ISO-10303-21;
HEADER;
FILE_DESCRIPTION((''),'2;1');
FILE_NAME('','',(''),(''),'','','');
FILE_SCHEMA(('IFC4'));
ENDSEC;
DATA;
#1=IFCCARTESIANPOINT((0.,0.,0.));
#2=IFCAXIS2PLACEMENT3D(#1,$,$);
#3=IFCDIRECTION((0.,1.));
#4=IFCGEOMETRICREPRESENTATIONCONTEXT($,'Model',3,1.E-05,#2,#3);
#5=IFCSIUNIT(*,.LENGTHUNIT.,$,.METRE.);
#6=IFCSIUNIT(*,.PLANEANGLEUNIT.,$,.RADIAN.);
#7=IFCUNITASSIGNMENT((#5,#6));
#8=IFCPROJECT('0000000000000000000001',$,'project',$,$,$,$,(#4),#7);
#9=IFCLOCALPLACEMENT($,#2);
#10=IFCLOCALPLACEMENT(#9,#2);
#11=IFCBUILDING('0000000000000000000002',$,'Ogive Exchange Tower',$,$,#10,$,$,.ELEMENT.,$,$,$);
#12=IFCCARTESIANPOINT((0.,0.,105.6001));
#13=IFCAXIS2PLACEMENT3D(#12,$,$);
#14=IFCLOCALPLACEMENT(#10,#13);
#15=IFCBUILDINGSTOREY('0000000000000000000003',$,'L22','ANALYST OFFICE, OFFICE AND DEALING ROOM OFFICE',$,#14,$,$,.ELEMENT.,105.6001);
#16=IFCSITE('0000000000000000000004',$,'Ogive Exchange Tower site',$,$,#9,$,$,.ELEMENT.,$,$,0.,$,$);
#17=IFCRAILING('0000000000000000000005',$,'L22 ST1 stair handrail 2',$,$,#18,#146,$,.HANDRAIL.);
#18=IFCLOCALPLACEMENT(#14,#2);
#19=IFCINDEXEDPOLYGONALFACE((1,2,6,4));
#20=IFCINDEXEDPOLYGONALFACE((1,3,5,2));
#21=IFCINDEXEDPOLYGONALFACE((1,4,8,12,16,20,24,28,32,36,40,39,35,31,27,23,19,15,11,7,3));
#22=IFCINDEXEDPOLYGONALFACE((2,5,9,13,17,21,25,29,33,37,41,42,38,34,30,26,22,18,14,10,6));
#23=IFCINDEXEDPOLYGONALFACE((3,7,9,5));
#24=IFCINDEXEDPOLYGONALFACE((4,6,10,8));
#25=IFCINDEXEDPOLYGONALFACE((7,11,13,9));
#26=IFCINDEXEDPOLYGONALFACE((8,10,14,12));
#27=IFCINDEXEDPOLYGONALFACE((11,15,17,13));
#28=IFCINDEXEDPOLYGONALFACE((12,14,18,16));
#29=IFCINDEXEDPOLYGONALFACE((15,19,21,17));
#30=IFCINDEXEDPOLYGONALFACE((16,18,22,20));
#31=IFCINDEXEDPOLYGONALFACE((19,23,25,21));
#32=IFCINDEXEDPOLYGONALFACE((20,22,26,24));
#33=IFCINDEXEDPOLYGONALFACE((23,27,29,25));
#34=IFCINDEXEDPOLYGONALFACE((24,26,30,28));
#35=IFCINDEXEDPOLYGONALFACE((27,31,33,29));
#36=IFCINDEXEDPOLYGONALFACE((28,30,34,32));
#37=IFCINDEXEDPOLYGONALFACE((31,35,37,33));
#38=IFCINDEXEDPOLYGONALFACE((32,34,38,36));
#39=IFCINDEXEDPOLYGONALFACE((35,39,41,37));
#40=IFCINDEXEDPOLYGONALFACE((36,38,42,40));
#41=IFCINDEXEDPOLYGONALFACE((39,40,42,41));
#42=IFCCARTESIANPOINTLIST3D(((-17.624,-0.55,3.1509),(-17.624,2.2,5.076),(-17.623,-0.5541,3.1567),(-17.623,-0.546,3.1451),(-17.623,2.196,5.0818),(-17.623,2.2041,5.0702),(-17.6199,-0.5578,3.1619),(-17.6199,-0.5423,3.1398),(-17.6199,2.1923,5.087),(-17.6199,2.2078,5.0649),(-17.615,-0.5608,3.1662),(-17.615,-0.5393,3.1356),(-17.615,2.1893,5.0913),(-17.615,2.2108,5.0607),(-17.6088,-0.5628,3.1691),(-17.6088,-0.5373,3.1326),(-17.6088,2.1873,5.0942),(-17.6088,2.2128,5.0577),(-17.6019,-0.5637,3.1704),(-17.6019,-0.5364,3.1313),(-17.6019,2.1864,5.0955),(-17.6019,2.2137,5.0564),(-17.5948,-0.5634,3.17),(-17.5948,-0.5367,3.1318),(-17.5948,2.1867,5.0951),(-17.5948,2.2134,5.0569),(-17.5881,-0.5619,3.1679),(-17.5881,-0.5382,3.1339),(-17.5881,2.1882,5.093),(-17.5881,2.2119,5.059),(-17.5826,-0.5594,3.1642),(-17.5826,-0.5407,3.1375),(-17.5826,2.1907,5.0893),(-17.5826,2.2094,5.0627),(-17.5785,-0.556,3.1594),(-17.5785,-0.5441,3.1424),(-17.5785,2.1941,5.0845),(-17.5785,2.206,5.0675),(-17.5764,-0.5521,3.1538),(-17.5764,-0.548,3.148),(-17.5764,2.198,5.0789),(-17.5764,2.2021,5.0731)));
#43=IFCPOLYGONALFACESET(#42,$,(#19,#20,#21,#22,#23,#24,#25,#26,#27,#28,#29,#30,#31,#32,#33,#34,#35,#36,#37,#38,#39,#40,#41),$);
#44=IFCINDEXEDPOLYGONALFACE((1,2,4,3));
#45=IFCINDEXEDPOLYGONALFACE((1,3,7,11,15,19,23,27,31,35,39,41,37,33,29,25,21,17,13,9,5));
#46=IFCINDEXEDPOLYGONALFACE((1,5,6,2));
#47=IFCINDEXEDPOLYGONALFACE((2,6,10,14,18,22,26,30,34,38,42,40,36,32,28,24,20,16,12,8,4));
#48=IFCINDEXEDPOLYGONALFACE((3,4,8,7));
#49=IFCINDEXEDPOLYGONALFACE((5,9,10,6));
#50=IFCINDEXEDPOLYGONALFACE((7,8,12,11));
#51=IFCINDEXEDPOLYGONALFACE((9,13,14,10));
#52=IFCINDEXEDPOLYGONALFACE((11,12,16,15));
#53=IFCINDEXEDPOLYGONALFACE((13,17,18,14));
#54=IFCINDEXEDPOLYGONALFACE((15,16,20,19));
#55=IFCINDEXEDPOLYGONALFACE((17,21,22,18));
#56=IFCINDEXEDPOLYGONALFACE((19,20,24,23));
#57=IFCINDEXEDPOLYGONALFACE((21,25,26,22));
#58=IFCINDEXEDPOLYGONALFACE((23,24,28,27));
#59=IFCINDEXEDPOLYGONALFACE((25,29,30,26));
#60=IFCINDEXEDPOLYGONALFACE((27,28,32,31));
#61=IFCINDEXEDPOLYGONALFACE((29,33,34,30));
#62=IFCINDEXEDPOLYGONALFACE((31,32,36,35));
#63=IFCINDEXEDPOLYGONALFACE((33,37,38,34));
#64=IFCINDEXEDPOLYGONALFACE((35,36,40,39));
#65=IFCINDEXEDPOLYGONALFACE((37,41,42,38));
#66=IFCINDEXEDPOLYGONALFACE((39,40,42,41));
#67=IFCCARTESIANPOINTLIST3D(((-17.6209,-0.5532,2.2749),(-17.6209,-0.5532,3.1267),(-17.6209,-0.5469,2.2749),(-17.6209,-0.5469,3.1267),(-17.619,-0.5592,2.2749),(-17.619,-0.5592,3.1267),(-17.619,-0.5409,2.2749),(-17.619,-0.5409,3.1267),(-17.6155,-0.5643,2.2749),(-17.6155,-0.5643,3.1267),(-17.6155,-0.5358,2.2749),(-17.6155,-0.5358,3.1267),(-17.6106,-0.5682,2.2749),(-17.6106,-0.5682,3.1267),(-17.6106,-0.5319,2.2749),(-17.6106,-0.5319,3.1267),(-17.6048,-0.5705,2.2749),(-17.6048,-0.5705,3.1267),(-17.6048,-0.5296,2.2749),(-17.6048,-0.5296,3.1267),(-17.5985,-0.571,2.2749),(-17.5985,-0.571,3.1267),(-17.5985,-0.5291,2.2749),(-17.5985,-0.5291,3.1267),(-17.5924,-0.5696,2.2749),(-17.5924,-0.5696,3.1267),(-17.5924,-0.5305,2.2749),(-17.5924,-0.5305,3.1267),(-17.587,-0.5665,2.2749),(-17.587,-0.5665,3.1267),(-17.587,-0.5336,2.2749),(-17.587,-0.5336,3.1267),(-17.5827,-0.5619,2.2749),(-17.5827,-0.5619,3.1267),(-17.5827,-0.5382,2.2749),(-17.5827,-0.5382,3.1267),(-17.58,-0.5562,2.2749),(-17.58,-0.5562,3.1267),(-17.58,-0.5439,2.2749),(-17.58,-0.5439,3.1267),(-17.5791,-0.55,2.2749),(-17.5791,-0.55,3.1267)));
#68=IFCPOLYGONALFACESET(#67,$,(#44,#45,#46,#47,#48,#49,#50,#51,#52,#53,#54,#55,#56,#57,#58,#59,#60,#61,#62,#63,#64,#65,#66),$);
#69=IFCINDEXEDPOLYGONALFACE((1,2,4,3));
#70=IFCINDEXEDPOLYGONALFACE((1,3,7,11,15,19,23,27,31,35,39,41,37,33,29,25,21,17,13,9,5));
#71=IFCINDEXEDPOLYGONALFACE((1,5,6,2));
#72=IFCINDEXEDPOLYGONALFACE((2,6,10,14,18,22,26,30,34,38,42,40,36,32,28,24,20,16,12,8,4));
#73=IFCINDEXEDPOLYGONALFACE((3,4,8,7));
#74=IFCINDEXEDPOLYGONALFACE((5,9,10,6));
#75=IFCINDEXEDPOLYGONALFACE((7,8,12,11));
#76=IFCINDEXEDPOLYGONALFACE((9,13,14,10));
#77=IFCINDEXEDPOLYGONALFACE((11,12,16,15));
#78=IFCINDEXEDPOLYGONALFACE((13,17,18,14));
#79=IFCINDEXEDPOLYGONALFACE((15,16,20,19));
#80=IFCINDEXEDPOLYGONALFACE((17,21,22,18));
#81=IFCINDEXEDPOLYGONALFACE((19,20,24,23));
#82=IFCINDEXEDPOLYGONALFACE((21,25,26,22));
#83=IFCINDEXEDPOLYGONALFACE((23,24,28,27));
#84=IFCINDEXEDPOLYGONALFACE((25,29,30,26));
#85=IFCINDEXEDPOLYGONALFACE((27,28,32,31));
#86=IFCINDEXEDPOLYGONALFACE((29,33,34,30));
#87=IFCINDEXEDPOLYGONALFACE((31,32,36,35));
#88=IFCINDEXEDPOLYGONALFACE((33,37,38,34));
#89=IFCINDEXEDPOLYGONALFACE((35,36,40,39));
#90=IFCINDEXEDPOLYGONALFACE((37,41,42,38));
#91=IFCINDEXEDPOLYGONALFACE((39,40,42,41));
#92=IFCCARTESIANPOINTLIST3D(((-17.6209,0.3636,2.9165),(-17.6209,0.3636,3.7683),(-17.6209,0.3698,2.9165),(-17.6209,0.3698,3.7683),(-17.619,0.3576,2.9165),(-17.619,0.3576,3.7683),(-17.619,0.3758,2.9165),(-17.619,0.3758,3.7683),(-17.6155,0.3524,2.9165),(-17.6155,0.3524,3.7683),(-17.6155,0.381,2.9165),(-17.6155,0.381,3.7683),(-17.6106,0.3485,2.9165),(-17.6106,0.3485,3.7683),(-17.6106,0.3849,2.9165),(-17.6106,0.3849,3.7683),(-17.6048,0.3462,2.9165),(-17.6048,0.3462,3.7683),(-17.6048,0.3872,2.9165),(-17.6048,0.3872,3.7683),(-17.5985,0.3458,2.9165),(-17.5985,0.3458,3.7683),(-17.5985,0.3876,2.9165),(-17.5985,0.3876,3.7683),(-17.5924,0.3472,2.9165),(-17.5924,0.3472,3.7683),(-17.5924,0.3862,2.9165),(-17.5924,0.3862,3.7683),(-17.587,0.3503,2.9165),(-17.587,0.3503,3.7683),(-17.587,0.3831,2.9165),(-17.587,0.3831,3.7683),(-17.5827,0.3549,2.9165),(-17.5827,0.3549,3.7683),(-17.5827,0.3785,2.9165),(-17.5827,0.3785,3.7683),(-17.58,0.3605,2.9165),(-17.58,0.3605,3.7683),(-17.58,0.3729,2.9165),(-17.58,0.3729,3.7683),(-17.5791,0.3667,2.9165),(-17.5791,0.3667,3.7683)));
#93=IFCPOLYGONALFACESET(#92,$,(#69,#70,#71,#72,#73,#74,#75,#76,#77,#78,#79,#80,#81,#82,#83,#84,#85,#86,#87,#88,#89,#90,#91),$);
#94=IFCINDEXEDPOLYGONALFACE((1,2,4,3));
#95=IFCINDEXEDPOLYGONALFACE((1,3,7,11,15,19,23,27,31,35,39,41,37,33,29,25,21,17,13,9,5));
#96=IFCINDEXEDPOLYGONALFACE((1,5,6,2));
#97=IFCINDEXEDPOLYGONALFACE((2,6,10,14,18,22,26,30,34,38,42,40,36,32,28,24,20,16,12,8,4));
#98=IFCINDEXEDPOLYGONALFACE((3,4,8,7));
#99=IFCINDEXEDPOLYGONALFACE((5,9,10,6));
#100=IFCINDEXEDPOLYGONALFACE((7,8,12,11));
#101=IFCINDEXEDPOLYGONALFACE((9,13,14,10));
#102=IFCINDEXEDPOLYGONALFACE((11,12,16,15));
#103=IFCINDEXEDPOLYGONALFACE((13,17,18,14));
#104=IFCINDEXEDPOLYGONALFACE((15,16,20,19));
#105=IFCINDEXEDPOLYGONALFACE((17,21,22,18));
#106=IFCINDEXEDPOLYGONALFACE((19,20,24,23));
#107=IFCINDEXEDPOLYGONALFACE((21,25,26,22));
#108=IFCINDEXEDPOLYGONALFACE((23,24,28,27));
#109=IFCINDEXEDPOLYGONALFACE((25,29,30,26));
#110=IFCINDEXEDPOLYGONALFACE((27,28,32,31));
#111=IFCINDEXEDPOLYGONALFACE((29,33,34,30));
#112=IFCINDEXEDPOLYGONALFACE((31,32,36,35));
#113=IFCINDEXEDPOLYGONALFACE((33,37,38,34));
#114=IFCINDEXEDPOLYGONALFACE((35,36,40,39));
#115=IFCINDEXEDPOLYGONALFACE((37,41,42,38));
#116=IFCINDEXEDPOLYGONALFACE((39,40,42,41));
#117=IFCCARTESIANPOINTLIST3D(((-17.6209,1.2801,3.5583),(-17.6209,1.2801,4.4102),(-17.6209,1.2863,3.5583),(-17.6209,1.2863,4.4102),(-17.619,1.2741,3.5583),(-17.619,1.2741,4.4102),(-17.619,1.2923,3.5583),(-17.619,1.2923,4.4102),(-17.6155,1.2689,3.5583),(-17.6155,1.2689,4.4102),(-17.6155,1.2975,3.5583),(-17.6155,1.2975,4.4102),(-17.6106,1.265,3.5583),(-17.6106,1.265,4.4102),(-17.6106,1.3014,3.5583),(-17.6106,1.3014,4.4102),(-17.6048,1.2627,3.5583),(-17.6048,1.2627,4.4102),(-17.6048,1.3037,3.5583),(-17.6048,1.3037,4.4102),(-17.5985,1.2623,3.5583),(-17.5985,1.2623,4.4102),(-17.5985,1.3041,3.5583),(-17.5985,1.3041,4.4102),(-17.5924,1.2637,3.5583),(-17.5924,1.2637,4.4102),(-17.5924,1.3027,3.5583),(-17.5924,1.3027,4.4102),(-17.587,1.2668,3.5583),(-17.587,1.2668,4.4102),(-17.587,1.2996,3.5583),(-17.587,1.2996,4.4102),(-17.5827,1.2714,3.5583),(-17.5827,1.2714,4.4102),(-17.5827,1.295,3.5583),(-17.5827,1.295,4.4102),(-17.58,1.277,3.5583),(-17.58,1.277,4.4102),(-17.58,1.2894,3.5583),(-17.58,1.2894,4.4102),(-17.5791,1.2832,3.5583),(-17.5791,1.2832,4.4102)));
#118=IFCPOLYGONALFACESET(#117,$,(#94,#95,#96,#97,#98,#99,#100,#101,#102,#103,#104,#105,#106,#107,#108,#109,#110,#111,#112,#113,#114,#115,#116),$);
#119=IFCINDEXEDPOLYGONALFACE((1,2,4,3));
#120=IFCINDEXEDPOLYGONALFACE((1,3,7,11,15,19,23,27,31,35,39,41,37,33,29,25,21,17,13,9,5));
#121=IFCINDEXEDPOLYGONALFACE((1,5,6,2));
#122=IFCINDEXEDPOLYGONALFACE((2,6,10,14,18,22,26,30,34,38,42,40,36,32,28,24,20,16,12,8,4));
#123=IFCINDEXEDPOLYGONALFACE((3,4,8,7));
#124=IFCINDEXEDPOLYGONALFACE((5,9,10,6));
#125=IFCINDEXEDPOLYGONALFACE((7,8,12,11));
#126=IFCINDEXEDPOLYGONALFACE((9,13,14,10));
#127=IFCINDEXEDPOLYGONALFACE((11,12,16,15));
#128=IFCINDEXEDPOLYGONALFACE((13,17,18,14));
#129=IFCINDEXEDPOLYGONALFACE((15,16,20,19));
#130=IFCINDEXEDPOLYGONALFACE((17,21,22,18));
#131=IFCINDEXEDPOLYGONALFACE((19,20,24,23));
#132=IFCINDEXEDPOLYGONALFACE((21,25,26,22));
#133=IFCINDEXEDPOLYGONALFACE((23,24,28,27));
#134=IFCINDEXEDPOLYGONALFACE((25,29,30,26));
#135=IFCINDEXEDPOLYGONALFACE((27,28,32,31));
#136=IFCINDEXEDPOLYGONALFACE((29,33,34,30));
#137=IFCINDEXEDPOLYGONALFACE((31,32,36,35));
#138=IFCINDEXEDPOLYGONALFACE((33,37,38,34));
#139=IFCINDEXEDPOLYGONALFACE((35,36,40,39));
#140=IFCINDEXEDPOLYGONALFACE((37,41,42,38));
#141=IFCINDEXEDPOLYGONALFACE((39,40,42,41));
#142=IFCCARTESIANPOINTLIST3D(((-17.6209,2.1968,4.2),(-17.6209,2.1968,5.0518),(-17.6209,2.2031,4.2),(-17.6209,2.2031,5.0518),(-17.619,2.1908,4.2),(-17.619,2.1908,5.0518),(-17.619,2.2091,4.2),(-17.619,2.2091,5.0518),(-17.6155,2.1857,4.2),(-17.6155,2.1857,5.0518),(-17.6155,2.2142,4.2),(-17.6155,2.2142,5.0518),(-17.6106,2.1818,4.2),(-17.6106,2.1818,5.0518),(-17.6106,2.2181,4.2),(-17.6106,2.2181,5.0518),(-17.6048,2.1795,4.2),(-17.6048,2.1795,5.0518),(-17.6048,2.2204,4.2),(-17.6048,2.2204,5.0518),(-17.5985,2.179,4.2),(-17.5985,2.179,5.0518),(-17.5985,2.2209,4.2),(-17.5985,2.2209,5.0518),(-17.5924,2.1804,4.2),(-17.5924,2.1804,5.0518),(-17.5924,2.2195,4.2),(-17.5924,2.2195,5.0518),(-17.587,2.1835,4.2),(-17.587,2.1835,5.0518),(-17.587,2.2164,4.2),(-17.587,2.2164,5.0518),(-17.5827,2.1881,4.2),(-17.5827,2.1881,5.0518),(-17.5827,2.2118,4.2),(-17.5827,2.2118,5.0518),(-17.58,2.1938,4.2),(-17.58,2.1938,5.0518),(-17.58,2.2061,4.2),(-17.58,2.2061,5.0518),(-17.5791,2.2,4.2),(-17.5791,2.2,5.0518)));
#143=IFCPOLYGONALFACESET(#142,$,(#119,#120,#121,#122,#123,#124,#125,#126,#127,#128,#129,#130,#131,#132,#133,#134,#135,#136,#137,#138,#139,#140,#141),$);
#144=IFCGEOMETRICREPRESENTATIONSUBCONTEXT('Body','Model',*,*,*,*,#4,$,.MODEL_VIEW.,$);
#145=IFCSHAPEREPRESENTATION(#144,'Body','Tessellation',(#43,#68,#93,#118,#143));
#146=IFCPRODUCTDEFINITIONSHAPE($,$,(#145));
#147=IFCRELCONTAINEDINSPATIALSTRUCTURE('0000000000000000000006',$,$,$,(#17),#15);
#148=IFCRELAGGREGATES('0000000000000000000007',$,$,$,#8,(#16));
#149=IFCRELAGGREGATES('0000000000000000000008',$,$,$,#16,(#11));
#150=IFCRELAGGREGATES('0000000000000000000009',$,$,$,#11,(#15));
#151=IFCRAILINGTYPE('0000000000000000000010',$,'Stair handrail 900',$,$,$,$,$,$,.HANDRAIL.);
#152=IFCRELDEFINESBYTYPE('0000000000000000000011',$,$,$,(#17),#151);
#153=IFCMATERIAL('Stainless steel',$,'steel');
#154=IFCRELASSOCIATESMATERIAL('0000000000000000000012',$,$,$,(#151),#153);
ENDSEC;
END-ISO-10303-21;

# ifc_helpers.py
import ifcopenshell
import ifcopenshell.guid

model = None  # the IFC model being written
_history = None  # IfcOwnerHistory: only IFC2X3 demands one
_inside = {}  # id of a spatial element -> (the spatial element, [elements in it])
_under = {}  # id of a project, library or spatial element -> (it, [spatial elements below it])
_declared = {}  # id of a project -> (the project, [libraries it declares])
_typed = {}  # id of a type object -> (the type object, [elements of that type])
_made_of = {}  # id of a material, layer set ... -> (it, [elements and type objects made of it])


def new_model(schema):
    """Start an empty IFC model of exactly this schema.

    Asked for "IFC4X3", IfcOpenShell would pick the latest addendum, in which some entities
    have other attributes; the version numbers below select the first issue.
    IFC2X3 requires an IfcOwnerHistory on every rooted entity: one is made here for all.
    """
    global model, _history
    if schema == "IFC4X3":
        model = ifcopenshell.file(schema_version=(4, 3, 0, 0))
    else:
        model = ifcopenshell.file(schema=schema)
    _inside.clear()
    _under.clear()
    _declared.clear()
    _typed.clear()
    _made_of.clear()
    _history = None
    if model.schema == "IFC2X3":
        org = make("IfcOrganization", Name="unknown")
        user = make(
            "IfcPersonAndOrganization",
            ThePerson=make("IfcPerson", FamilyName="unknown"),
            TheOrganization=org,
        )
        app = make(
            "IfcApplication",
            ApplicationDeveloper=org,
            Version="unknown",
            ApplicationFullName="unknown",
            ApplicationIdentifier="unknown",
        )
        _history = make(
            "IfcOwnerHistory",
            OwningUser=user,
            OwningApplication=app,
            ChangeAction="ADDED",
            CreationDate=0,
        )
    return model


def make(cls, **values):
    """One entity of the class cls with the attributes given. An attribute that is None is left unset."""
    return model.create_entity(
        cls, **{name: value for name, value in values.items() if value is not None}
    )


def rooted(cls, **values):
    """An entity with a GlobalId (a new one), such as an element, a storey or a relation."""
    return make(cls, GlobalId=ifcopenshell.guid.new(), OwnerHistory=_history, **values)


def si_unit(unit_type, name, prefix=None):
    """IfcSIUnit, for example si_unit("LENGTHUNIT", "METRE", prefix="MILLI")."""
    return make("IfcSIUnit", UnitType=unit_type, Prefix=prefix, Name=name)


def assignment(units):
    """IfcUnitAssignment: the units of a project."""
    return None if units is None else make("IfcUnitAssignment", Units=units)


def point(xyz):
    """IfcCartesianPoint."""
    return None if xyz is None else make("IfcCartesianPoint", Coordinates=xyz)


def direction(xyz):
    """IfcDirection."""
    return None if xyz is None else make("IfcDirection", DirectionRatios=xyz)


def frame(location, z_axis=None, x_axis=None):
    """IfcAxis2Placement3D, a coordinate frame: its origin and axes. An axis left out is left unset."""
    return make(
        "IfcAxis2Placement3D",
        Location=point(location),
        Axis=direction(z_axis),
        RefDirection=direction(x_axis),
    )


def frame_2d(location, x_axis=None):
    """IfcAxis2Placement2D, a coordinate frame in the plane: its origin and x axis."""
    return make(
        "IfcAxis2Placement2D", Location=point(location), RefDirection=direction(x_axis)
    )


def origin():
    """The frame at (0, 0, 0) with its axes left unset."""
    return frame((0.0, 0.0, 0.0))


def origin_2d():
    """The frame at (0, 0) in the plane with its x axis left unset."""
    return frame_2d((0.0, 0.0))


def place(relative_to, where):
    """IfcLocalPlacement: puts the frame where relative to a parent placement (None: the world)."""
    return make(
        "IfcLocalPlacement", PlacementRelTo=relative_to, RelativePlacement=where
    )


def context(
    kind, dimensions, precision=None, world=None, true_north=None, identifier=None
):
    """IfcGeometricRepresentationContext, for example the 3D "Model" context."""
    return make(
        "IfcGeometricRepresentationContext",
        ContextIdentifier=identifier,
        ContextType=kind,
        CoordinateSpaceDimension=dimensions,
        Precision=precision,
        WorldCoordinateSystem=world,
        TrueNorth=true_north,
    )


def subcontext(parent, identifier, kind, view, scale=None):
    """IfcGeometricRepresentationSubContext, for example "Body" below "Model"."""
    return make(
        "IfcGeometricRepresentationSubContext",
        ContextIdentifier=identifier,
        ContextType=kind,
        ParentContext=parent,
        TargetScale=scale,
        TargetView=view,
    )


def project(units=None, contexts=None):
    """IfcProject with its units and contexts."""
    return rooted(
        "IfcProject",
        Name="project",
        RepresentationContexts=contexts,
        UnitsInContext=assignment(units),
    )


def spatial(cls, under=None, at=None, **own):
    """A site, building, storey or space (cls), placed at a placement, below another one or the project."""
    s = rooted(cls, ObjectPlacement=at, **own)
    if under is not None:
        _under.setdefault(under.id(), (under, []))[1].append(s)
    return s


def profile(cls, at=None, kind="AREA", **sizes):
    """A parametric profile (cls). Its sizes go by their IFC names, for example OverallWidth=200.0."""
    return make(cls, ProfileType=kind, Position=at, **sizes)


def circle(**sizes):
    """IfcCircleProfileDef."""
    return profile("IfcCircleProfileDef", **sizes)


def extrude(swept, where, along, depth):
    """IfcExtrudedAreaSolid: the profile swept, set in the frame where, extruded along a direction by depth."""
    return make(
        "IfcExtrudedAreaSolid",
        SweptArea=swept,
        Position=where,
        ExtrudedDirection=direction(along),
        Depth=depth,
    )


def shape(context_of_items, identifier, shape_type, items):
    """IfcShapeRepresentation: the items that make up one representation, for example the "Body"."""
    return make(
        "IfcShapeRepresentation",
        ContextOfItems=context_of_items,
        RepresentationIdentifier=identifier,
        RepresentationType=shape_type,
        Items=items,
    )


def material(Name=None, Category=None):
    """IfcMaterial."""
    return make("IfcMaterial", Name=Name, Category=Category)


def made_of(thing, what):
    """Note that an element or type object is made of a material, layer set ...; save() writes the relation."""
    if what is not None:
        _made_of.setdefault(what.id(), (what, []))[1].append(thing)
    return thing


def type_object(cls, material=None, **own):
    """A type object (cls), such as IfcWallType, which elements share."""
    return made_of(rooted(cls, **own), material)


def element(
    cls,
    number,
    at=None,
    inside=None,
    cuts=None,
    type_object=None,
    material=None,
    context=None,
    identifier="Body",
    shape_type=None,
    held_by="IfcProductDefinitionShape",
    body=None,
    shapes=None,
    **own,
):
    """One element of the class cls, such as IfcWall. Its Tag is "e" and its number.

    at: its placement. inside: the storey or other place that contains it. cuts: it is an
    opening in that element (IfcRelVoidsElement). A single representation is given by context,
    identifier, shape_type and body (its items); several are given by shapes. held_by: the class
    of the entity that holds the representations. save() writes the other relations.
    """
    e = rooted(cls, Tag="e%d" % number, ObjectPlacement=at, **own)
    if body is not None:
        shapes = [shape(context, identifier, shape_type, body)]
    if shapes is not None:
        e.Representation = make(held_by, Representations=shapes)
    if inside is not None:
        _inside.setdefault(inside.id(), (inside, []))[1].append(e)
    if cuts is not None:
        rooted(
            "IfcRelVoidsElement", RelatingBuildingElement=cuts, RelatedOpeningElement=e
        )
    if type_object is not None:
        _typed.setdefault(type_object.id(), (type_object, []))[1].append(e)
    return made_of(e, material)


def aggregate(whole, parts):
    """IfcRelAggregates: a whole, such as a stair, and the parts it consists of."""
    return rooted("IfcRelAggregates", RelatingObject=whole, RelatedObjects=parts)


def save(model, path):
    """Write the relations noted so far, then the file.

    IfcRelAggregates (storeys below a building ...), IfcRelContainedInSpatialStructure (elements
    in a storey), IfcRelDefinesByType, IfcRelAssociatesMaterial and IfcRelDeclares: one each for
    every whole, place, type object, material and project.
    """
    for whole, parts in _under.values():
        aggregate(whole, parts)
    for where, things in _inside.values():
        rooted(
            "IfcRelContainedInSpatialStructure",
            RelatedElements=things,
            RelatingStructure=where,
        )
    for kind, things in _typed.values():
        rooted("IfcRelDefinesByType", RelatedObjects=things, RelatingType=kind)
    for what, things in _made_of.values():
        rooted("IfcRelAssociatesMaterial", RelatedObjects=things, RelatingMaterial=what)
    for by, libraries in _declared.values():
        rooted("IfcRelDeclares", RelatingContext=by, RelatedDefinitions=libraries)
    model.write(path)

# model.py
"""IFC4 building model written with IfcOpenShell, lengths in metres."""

from ifc_helpers import new_model, si_unit, direction, frame, origin, origin_2d, place, context, subcontext, project, spatial, circle, extrude, material, type_object, element, save


model = new_model("IFC4")

# Units and contexts
model_context = context("Model", 3, precision=1e-05, world=origin(), true_north=direction((0.0, 1.0)))
body_context = subcontext(model_context, "Body", "Model", "MODEL_VIEW")
ifc_project = project(units=[si_unit("LENGTHUNIT", "METRE"), si_unit("PLANEANGLEUNIT", "RADIAN")], contexts=[model_context])

# Site, building, storey
site_placement = place(None, origin())
site = spatial("IfcSite", under=ifc_project, at=site_placement, Name="Ogive Exchange Tower site", CompositionType="ELEMENT", RefElevation=0.0)
building_placement = place(site_placement, origin())
building = spatial("IfcBuilding", under=site, at=building_placement, Name="Ogive Exchange Tower", CompositionType="ELEMENT")
storey_placement = place(building_placement, frame((0.0, 0.0, 105.6001)))
storey = spatial("IfcBuildingStorey", under=building, at=storey_placement, Name="L22", Description="ANALYST OFFICE, OFFICE AND DEALING ROOM OFFICE", CompositionType="ELEMENT", Elevation=105.6001)

# Shared definitions
ifc_material_1 = material(Name="Stainless steel", Category="steel")

# Railing
railing_type = type_object("IfcRailingType", Name="Stair handrail 900", PredefinedType="HANDRAIL", material=ifc_material_1)
railing_placement = place(storey_placement, frame((-17.6001, -0.55, 2.2749)))
element("IfcRailing", 1, at=railing_placement, inside=storey, type_object=railing_type, Name="L22 ST1 stair handrail 2", PredefinedType="HANDRAIL", context=body_context, shape_type="SweptSolid", body=[
    extrude(circle(Radius=0.0239, at=origin_2d()), frame((0.0, 0.0, 0.876), z_axis=(0.0, 0.819225, 0.573472), x_axis=(-1.0, 0.0, 0.0)), (0.0, 0.0, 1.0), 3.3569),
    extrude(circle(Radius=0.021, at=origin_2d()), origin(), (0.0, 0.0, 1.0), 0.8518),
    extrude(circle(Radius=0.021, at=origin_2d()), frame((0.0, 0.9167, 0.6416)), (0.0, 0.0, 1.0), 0.8518),
    extrude(circle(Radius=0.021, at=origin_2d()), frame((0.0, 1.8333, 1.2834)), (0.0, 0.0, 1.0), 0.8518),
    extrude(circle(Radius=0.021, at=origin_2d()), frame((0.0, 2.75, 1.925)), (0.0, 0.0, 1.0), 0.8518),
])

save(model, "model.ifc")
